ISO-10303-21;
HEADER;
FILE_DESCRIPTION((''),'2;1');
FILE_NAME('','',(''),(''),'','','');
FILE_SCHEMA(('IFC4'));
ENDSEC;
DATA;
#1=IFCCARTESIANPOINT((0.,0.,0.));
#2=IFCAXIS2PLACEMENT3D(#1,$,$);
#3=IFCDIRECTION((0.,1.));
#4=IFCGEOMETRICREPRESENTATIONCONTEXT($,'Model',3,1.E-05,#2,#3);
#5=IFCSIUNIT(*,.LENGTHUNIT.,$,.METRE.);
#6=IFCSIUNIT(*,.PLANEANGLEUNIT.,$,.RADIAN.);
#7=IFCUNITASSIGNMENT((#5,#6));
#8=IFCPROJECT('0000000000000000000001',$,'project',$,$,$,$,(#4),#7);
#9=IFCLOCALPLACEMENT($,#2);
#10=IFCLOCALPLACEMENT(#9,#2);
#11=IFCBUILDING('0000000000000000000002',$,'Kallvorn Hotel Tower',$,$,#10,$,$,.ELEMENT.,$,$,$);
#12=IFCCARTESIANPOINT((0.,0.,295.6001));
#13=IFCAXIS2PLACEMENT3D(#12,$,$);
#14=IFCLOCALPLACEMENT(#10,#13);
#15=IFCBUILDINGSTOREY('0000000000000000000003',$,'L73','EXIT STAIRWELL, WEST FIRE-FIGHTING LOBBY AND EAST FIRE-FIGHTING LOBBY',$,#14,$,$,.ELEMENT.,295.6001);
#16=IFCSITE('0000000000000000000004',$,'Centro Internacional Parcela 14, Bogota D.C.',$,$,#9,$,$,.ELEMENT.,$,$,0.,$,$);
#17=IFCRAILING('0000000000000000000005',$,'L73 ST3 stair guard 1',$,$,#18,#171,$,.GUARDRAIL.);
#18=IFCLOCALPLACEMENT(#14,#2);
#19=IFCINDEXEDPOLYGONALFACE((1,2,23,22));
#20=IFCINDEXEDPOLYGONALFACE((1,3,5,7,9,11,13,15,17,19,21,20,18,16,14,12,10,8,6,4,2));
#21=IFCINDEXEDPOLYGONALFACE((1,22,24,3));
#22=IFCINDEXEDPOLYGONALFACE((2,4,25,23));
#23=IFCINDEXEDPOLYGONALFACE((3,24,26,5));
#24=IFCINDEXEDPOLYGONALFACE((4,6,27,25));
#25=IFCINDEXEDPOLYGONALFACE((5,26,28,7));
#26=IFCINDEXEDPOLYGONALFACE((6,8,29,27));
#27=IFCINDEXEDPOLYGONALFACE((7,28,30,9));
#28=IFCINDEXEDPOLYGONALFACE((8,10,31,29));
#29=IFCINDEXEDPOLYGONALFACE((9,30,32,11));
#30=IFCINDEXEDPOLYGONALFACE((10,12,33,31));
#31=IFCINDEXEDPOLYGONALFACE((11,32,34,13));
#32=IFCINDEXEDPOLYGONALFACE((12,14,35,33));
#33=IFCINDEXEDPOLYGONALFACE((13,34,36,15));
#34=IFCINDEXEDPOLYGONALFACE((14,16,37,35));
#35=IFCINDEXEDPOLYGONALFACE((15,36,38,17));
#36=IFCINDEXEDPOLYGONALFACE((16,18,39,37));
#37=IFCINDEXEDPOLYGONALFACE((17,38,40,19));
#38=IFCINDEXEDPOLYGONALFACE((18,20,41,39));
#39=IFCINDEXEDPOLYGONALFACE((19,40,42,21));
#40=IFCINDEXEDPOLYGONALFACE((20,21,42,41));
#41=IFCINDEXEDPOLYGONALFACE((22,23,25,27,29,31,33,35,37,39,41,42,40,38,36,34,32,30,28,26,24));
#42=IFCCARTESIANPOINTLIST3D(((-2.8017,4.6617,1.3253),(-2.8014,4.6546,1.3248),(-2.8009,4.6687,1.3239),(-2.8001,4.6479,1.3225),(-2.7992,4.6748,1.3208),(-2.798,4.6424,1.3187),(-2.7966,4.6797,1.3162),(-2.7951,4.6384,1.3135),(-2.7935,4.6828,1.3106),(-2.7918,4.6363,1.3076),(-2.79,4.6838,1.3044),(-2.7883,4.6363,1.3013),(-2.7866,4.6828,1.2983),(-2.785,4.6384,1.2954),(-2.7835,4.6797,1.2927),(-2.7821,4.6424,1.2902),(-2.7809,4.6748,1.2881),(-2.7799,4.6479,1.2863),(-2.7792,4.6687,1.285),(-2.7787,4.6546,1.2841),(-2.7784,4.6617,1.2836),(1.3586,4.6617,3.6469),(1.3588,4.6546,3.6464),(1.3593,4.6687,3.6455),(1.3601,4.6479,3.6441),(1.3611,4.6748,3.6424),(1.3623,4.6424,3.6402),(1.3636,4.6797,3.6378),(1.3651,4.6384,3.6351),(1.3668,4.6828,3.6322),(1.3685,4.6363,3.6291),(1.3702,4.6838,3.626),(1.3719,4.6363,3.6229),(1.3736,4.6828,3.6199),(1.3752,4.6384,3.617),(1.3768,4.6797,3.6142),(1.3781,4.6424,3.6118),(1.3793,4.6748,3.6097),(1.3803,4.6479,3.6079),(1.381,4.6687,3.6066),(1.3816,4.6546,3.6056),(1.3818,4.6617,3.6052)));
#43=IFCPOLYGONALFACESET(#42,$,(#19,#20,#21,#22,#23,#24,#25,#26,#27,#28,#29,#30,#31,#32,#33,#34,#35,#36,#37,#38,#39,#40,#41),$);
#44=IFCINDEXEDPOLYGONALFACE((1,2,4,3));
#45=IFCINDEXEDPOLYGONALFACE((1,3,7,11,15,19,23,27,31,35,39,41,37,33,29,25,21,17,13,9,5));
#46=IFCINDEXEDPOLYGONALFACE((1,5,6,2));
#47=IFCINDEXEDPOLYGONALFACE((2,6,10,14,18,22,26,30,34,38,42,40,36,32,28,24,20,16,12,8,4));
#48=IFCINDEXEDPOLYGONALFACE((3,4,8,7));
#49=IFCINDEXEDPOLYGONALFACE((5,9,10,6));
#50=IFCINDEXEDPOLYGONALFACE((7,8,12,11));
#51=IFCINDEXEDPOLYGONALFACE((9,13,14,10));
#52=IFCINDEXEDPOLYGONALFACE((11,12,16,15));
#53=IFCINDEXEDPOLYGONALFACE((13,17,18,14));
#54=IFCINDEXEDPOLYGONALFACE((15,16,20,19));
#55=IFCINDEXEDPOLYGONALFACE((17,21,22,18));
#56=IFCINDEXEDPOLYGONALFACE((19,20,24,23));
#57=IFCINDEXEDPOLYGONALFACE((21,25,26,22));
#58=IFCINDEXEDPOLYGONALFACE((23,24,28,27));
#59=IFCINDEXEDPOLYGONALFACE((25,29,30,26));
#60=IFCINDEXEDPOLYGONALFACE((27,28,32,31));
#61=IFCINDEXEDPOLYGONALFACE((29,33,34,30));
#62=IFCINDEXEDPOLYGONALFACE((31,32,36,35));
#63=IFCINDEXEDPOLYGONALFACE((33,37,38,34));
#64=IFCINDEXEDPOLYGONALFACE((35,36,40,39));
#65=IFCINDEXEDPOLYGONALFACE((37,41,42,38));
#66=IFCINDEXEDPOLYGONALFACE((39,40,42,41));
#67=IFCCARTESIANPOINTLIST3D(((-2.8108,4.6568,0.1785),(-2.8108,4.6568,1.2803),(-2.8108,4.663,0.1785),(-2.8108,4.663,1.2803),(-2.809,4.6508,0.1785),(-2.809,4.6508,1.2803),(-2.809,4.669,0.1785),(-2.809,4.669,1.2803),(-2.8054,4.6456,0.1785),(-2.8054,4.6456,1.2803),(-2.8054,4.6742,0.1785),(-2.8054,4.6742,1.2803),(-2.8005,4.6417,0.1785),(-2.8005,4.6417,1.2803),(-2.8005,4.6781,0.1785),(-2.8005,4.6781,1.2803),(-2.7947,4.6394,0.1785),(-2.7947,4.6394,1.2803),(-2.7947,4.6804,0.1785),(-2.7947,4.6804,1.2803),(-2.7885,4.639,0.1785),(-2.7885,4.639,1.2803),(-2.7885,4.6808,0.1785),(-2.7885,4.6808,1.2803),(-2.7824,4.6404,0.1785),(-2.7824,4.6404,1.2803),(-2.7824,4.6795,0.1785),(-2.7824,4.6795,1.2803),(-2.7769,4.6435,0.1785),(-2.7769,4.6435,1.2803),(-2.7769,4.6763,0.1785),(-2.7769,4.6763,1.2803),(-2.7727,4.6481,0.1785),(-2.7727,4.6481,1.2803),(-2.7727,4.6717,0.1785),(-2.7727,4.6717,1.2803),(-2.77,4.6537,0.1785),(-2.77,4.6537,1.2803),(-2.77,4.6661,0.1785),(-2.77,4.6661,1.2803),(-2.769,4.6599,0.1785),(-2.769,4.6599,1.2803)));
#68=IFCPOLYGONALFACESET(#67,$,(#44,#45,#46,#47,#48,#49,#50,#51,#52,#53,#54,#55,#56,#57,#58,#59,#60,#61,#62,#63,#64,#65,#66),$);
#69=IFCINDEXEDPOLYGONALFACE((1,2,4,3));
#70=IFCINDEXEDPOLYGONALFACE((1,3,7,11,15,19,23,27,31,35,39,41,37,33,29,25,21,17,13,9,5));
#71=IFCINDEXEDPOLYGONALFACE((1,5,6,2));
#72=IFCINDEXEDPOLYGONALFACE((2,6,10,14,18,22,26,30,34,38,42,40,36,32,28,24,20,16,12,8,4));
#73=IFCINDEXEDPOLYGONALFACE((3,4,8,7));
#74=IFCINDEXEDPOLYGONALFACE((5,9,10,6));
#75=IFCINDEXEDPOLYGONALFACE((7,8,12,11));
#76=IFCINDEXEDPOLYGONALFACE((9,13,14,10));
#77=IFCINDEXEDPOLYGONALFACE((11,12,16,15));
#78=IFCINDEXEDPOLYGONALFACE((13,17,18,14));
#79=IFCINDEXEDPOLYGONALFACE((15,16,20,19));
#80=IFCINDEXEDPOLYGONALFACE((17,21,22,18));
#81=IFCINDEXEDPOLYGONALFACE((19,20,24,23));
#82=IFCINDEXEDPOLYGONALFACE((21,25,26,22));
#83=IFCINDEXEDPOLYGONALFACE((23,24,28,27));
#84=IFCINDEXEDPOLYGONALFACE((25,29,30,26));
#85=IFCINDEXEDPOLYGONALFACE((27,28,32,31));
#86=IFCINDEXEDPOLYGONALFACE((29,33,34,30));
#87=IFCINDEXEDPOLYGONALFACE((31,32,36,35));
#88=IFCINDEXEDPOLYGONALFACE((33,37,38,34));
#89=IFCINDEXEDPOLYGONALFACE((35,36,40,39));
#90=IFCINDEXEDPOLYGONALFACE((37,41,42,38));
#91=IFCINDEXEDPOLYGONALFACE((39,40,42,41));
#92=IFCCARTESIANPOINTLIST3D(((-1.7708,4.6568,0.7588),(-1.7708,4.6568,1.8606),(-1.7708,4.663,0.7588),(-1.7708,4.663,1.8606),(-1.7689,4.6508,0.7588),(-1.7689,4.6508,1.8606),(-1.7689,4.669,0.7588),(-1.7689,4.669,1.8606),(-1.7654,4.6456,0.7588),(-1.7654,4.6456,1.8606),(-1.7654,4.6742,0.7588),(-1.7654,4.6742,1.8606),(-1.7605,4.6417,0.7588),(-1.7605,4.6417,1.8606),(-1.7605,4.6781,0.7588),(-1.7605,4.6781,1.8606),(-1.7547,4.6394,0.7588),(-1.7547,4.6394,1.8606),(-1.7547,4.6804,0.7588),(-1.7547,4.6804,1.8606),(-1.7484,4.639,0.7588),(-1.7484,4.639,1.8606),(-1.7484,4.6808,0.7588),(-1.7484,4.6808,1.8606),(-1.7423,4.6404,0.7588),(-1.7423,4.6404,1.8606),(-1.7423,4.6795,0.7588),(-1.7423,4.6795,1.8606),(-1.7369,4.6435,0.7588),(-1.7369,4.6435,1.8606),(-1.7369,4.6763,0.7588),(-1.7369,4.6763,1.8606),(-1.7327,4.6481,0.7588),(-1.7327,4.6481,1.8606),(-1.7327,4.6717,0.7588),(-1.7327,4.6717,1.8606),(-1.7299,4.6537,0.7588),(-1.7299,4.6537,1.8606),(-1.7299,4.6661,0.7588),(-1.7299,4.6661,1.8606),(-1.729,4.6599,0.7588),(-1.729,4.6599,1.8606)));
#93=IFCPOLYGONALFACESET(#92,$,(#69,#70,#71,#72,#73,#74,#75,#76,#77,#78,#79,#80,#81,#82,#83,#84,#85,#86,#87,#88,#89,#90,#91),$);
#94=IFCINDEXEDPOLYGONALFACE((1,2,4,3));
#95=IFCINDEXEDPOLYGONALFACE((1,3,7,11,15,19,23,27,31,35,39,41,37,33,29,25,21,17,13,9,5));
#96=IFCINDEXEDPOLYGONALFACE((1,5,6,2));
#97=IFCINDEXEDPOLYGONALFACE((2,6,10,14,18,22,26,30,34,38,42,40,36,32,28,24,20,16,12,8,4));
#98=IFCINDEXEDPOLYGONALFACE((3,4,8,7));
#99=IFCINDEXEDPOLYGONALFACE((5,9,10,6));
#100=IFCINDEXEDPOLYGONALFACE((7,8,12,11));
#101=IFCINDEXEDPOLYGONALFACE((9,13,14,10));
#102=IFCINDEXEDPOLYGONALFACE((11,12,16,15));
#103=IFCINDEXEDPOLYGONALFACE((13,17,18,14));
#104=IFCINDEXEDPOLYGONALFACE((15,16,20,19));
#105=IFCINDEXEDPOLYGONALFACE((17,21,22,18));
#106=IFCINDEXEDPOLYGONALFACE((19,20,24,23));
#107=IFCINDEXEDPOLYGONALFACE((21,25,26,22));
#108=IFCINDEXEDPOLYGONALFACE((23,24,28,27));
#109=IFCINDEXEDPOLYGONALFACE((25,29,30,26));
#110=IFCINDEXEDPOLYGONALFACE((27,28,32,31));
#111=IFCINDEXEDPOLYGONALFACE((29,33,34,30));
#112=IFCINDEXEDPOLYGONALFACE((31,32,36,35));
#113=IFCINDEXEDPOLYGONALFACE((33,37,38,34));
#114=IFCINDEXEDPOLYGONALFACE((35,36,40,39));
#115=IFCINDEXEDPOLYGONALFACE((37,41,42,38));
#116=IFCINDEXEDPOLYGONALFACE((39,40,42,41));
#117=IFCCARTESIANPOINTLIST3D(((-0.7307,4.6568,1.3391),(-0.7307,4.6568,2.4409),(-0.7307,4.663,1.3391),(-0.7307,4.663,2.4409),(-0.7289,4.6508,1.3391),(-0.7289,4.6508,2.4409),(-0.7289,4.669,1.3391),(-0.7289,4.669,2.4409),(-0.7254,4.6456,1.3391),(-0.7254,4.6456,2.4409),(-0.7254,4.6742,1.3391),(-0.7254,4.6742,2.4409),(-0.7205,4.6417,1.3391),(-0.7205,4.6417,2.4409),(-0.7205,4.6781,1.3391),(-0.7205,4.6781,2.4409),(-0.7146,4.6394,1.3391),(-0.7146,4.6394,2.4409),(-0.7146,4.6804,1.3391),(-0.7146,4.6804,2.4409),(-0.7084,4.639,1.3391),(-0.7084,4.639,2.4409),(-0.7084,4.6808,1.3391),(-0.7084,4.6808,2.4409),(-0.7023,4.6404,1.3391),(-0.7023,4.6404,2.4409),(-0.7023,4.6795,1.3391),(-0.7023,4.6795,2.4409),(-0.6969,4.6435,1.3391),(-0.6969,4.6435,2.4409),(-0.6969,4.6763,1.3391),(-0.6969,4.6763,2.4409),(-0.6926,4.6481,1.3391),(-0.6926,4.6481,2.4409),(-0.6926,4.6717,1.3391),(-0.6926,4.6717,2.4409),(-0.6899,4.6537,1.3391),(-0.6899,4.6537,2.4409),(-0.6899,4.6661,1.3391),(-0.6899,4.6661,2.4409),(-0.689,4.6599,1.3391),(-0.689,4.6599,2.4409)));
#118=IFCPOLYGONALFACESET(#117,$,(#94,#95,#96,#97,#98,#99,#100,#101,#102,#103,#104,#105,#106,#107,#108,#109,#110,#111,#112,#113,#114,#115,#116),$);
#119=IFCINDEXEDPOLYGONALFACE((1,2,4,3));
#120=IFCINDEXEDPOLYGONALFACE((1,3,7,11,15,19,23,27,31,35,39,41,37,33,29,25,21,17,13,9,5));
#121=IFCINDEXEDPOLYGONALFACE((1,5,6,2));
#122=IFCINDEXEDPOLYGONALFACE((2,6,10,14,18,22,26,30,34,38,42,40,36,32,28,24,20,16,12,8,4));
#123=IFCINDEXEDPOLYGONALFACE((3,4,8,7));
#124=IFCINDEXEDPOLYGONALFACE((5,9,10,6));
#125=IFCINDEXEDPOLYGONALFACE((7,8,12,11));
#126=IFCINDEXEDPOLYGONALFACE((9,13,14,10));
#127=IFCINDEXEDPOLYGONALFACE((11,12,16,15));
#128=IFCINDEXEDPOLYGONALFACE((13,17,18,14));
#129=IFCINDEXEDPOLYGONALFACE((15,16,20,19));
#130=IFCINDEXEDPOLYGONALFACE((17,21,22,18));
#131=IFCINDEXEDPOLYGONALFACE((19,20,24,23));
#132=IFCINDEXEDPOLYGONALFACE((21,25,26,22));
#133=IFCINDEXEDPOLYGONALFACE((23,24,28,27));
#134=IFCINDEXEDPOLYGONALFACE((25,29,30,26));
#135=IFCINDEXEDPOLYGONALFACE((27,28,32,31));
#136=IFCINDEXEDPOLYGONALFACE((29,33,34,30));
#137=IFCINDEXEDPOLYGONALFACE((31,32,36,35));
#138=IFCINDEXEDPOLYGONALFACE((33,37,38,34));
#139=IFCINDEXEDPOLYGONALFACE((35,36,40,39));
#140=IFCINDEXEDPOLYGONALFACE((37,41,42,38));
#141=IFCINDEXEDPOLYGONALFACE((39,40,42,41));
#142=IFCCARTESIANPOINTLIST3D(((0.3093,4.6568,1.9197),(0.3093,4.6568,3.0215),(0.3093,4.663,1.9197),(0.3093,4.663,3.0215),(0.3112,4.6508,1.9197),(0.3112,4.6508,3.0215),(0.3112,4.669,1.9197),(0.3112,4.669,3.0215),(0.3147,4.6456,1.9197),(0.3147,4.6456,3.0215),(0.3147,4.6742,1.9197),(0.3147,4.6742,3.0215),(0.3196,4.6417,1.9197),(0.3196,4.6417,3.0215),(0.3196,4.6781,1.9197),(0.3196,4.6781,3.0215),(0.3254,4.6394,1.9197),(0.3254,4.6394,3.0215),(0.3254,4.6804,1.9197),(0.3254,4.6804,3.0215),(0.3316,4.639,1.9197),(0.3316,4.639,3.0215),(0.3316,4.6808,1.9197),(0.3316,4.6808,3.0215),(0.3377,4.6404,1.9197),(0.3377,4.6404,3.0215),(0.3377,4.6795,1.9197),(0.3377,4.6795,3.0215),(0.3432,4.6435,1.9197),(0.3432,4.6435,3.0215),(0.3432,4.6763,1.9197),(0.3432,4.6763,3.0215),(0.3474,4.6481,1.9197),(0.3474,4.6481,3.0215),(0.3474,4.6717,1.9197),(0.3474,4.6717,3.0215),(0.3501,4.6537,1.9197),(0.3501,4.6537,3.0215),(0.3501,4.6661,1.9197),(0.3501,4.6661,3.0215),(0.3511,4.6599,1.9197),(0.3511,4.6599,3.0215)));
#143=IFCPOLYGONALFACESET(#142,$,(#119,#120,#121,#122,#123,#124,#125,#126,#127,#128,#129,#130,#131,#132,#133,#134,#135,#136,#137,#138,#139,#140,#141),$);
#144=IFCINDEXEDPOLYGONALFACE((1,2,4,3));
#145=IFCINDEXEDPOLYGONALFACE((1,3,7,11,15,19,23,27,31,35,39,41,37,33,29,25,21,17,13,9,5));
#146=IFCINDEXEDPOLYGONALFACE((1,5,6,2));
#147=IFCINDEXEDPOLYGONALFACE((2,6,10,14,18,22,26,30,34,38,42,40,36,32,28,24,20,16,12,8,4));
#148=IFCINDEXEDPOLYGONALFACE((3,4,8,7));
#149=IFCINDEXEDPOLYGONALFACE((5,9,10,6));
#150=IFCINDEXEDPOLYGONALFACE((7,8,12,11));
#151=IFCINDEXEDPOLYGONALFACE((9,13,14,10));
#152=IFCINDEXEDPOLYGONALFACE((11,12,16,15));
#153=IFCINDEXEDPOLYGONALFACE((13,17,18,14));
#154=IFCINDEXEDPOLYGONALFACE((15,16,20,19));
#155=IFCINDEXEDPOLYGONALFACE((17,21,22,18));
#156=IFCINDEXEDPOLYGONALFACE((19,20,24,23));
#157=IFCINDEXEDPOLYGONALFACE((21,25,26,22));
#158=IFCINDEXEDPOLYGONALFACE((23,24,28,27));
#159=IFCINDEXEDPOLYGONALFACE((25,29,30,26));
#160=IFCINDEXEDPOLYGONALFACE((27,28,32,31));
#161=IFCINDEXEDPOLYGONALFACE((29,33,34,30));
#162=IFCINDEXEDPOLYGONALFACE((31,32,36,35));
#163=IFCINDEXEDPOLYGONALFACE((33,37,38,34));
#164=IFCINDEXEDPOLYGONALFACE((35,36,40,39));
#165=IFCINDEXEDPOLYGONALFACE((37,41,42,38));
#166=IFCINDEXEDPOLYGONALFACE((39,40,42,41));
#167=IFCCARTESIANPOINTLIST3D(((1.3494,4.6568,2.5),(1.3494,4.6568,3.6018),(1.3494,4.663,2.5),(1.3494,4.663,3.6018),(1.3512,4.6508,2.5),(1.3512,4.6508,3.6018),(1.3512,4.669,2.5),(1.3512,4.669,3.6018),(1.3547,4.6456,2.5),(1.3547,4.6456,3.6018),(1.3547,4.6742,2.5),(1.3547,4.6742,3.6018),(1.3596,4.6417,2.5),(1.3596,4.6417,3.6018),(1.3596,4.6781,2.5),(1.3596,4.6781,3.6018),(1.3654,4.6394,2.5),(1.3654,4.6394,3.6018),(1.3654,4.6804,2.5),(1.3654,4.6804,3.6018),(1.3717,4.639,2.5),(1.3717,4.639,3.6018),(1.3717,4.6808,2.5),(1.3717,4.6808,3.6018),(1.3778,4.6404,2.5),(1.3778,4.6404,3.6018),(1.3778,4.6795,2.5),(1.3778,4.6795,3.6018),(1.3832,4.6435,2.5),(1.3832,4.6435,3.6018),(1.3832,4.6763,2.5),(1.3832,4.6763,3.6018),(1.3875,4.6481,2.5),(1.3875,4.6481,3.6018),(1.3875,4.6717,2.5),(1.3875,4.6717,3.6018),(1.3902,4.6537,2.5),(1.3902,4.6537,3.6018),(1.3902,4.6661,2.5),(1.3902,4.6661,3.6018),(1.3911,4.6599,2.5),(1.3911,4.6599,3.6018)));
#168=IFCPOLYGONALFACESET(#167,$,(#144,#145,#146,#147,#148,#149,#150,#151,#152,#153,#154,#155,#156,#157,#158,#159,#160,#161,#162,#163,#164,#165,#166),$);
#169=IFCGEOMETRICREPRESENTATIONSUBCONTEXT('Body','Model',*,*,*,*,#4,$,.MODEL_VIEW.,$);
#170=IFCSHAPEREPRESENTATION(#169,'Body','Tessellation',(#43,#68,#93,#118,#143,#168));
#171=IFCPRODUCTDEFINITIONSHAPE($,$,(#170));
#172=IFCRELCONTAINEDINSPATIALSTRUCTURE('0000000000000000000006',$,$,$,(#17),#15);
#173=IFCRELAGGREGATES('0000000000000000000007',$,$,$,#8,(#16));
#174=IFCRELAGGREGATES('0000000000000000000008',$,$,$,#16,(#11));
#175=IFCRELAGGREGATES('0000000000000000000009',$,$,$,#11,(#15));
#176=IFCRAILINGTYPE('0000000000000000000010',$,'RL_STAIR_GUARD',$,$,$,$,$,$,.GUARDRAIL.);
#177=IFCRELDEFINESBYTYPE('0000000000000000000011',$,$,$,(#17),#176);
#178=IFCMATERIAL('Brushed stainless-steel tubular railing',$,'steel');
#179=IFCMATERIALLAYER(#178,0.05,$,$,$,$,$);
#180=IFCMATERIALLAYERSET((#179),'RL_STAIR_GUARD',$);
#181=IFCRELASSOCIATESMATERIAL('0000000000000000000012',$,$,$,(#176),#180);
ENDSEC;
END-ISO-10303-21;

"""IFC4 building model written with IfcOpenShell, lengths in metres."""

from ifc_helpers import new_model, si_unit, direction, frame, origin, origin_2d, place, context, subcontext, project, spatial, circle, extrude, material, layer, layer_set, type_object, element, save


model = new_model("IFC4")

# Units and contexts
model_context = context("Model", 3, precision=1e-05, world=origin(), true_north=direction((0.0, 1.0)))
body_context = subcontext(model_context, "Body", "Model", "MODEL_VIEW")
ifc_project = project(units=[si_unit("LENGTHUNIT", "METRE"), si_unit("PLANEANGLEUNIT", "RADIAN")], contexts=[model_context])

# Site, building, storey
site_placement = place(None, origin())
site = spatial("IfcSite", under=ifc_project, at=site_placement, Name="Centro Internacional Parcela 14, Bogota D.C.", CompositionType="ELEMENT", RefElevation=0.0)
building_placement = place(site_placement, origin())
building = spatial("IfcBuilding", under=site, at=building_placement, Name="Kallvorn Hotel Tower", CompositionType="ELEMENT")
storey_placement = place(building_placement, frame((0.0, 0.0, 295.6001)))
storey = spatial("IfcBuildingStorey", under=building, at=storey_placement, Name="L73", Description="EXIT STAIRWELL, WEST FIRE-FIGHTING LOBBY AND EAST FIRE-FIGHTING LOBBY", CompositionType="ELEMENT", Elevation=295.6001)

# Railing
ifc_material_1 = material(Name="Brushed stainless-steel tubular railing", Category="steel")
ifc_layer_1 = layer(ifc_material_1, 0.05)
ifc_layer_set_1 = layer_set([ifc_layer_1], Name="RL_STAIR_GUARD")
railing_type = type_object("IfcRailingType", Name="RL_STAIR_GUARD", PredefinedType="GUARDRAIL", material=ifc_layer_set_1)
railing_1_placement = place(storey_placement, frame((-2.79, 4.6599, 0.1785)))
element("IfcRailing", 1, at=railing_1_placement, inside=storey, type_object=railing_type, Name="L73 ST3 stair guard 1", PredefinedType="GUARDRAIL", context=body_context, shape_type="SweptSolid", body=[
    extrude(circle(Radius=0.0239, at=origin_2d()), frame((0.0, 0.0, 1.126), z_axis=(0.873235, 0.0, 0.4873), x_axis=(0.0, 1.0, 0.0)), (0.0, 0.0, 1.0), 4.7642),
    extrude(circle(Radius=0.021, at=origin_2d()), origin(), (0.0, 0.0, 1.0), 1.1018),
    extrude(circle(Radius=0.021, at=origin_2d()), frame((1.04, 0.0, 0.5803)), (0.0, 0.0, 1.0), 1.1018),
    extrude(circle(Radius=0.021, at=origin_2d()), frame((2.0801, 0.0, 1.1606)), (0.0, 0.0, 1.0), 1.1018),
    extrude(circle(Radius=0.021, at=origin_2d()), frame((3.1201, 0.0, 1.7412)), (0.0, 0.0, 1.0), 1.1018),
    extrude(circle(Radius=0.021, at=origin_2d()), frame((4.1602, 0.0, 2.3215)), (0.0, 0.0, 1.0), 1.1018),
])

save(model, "model.ifc")
